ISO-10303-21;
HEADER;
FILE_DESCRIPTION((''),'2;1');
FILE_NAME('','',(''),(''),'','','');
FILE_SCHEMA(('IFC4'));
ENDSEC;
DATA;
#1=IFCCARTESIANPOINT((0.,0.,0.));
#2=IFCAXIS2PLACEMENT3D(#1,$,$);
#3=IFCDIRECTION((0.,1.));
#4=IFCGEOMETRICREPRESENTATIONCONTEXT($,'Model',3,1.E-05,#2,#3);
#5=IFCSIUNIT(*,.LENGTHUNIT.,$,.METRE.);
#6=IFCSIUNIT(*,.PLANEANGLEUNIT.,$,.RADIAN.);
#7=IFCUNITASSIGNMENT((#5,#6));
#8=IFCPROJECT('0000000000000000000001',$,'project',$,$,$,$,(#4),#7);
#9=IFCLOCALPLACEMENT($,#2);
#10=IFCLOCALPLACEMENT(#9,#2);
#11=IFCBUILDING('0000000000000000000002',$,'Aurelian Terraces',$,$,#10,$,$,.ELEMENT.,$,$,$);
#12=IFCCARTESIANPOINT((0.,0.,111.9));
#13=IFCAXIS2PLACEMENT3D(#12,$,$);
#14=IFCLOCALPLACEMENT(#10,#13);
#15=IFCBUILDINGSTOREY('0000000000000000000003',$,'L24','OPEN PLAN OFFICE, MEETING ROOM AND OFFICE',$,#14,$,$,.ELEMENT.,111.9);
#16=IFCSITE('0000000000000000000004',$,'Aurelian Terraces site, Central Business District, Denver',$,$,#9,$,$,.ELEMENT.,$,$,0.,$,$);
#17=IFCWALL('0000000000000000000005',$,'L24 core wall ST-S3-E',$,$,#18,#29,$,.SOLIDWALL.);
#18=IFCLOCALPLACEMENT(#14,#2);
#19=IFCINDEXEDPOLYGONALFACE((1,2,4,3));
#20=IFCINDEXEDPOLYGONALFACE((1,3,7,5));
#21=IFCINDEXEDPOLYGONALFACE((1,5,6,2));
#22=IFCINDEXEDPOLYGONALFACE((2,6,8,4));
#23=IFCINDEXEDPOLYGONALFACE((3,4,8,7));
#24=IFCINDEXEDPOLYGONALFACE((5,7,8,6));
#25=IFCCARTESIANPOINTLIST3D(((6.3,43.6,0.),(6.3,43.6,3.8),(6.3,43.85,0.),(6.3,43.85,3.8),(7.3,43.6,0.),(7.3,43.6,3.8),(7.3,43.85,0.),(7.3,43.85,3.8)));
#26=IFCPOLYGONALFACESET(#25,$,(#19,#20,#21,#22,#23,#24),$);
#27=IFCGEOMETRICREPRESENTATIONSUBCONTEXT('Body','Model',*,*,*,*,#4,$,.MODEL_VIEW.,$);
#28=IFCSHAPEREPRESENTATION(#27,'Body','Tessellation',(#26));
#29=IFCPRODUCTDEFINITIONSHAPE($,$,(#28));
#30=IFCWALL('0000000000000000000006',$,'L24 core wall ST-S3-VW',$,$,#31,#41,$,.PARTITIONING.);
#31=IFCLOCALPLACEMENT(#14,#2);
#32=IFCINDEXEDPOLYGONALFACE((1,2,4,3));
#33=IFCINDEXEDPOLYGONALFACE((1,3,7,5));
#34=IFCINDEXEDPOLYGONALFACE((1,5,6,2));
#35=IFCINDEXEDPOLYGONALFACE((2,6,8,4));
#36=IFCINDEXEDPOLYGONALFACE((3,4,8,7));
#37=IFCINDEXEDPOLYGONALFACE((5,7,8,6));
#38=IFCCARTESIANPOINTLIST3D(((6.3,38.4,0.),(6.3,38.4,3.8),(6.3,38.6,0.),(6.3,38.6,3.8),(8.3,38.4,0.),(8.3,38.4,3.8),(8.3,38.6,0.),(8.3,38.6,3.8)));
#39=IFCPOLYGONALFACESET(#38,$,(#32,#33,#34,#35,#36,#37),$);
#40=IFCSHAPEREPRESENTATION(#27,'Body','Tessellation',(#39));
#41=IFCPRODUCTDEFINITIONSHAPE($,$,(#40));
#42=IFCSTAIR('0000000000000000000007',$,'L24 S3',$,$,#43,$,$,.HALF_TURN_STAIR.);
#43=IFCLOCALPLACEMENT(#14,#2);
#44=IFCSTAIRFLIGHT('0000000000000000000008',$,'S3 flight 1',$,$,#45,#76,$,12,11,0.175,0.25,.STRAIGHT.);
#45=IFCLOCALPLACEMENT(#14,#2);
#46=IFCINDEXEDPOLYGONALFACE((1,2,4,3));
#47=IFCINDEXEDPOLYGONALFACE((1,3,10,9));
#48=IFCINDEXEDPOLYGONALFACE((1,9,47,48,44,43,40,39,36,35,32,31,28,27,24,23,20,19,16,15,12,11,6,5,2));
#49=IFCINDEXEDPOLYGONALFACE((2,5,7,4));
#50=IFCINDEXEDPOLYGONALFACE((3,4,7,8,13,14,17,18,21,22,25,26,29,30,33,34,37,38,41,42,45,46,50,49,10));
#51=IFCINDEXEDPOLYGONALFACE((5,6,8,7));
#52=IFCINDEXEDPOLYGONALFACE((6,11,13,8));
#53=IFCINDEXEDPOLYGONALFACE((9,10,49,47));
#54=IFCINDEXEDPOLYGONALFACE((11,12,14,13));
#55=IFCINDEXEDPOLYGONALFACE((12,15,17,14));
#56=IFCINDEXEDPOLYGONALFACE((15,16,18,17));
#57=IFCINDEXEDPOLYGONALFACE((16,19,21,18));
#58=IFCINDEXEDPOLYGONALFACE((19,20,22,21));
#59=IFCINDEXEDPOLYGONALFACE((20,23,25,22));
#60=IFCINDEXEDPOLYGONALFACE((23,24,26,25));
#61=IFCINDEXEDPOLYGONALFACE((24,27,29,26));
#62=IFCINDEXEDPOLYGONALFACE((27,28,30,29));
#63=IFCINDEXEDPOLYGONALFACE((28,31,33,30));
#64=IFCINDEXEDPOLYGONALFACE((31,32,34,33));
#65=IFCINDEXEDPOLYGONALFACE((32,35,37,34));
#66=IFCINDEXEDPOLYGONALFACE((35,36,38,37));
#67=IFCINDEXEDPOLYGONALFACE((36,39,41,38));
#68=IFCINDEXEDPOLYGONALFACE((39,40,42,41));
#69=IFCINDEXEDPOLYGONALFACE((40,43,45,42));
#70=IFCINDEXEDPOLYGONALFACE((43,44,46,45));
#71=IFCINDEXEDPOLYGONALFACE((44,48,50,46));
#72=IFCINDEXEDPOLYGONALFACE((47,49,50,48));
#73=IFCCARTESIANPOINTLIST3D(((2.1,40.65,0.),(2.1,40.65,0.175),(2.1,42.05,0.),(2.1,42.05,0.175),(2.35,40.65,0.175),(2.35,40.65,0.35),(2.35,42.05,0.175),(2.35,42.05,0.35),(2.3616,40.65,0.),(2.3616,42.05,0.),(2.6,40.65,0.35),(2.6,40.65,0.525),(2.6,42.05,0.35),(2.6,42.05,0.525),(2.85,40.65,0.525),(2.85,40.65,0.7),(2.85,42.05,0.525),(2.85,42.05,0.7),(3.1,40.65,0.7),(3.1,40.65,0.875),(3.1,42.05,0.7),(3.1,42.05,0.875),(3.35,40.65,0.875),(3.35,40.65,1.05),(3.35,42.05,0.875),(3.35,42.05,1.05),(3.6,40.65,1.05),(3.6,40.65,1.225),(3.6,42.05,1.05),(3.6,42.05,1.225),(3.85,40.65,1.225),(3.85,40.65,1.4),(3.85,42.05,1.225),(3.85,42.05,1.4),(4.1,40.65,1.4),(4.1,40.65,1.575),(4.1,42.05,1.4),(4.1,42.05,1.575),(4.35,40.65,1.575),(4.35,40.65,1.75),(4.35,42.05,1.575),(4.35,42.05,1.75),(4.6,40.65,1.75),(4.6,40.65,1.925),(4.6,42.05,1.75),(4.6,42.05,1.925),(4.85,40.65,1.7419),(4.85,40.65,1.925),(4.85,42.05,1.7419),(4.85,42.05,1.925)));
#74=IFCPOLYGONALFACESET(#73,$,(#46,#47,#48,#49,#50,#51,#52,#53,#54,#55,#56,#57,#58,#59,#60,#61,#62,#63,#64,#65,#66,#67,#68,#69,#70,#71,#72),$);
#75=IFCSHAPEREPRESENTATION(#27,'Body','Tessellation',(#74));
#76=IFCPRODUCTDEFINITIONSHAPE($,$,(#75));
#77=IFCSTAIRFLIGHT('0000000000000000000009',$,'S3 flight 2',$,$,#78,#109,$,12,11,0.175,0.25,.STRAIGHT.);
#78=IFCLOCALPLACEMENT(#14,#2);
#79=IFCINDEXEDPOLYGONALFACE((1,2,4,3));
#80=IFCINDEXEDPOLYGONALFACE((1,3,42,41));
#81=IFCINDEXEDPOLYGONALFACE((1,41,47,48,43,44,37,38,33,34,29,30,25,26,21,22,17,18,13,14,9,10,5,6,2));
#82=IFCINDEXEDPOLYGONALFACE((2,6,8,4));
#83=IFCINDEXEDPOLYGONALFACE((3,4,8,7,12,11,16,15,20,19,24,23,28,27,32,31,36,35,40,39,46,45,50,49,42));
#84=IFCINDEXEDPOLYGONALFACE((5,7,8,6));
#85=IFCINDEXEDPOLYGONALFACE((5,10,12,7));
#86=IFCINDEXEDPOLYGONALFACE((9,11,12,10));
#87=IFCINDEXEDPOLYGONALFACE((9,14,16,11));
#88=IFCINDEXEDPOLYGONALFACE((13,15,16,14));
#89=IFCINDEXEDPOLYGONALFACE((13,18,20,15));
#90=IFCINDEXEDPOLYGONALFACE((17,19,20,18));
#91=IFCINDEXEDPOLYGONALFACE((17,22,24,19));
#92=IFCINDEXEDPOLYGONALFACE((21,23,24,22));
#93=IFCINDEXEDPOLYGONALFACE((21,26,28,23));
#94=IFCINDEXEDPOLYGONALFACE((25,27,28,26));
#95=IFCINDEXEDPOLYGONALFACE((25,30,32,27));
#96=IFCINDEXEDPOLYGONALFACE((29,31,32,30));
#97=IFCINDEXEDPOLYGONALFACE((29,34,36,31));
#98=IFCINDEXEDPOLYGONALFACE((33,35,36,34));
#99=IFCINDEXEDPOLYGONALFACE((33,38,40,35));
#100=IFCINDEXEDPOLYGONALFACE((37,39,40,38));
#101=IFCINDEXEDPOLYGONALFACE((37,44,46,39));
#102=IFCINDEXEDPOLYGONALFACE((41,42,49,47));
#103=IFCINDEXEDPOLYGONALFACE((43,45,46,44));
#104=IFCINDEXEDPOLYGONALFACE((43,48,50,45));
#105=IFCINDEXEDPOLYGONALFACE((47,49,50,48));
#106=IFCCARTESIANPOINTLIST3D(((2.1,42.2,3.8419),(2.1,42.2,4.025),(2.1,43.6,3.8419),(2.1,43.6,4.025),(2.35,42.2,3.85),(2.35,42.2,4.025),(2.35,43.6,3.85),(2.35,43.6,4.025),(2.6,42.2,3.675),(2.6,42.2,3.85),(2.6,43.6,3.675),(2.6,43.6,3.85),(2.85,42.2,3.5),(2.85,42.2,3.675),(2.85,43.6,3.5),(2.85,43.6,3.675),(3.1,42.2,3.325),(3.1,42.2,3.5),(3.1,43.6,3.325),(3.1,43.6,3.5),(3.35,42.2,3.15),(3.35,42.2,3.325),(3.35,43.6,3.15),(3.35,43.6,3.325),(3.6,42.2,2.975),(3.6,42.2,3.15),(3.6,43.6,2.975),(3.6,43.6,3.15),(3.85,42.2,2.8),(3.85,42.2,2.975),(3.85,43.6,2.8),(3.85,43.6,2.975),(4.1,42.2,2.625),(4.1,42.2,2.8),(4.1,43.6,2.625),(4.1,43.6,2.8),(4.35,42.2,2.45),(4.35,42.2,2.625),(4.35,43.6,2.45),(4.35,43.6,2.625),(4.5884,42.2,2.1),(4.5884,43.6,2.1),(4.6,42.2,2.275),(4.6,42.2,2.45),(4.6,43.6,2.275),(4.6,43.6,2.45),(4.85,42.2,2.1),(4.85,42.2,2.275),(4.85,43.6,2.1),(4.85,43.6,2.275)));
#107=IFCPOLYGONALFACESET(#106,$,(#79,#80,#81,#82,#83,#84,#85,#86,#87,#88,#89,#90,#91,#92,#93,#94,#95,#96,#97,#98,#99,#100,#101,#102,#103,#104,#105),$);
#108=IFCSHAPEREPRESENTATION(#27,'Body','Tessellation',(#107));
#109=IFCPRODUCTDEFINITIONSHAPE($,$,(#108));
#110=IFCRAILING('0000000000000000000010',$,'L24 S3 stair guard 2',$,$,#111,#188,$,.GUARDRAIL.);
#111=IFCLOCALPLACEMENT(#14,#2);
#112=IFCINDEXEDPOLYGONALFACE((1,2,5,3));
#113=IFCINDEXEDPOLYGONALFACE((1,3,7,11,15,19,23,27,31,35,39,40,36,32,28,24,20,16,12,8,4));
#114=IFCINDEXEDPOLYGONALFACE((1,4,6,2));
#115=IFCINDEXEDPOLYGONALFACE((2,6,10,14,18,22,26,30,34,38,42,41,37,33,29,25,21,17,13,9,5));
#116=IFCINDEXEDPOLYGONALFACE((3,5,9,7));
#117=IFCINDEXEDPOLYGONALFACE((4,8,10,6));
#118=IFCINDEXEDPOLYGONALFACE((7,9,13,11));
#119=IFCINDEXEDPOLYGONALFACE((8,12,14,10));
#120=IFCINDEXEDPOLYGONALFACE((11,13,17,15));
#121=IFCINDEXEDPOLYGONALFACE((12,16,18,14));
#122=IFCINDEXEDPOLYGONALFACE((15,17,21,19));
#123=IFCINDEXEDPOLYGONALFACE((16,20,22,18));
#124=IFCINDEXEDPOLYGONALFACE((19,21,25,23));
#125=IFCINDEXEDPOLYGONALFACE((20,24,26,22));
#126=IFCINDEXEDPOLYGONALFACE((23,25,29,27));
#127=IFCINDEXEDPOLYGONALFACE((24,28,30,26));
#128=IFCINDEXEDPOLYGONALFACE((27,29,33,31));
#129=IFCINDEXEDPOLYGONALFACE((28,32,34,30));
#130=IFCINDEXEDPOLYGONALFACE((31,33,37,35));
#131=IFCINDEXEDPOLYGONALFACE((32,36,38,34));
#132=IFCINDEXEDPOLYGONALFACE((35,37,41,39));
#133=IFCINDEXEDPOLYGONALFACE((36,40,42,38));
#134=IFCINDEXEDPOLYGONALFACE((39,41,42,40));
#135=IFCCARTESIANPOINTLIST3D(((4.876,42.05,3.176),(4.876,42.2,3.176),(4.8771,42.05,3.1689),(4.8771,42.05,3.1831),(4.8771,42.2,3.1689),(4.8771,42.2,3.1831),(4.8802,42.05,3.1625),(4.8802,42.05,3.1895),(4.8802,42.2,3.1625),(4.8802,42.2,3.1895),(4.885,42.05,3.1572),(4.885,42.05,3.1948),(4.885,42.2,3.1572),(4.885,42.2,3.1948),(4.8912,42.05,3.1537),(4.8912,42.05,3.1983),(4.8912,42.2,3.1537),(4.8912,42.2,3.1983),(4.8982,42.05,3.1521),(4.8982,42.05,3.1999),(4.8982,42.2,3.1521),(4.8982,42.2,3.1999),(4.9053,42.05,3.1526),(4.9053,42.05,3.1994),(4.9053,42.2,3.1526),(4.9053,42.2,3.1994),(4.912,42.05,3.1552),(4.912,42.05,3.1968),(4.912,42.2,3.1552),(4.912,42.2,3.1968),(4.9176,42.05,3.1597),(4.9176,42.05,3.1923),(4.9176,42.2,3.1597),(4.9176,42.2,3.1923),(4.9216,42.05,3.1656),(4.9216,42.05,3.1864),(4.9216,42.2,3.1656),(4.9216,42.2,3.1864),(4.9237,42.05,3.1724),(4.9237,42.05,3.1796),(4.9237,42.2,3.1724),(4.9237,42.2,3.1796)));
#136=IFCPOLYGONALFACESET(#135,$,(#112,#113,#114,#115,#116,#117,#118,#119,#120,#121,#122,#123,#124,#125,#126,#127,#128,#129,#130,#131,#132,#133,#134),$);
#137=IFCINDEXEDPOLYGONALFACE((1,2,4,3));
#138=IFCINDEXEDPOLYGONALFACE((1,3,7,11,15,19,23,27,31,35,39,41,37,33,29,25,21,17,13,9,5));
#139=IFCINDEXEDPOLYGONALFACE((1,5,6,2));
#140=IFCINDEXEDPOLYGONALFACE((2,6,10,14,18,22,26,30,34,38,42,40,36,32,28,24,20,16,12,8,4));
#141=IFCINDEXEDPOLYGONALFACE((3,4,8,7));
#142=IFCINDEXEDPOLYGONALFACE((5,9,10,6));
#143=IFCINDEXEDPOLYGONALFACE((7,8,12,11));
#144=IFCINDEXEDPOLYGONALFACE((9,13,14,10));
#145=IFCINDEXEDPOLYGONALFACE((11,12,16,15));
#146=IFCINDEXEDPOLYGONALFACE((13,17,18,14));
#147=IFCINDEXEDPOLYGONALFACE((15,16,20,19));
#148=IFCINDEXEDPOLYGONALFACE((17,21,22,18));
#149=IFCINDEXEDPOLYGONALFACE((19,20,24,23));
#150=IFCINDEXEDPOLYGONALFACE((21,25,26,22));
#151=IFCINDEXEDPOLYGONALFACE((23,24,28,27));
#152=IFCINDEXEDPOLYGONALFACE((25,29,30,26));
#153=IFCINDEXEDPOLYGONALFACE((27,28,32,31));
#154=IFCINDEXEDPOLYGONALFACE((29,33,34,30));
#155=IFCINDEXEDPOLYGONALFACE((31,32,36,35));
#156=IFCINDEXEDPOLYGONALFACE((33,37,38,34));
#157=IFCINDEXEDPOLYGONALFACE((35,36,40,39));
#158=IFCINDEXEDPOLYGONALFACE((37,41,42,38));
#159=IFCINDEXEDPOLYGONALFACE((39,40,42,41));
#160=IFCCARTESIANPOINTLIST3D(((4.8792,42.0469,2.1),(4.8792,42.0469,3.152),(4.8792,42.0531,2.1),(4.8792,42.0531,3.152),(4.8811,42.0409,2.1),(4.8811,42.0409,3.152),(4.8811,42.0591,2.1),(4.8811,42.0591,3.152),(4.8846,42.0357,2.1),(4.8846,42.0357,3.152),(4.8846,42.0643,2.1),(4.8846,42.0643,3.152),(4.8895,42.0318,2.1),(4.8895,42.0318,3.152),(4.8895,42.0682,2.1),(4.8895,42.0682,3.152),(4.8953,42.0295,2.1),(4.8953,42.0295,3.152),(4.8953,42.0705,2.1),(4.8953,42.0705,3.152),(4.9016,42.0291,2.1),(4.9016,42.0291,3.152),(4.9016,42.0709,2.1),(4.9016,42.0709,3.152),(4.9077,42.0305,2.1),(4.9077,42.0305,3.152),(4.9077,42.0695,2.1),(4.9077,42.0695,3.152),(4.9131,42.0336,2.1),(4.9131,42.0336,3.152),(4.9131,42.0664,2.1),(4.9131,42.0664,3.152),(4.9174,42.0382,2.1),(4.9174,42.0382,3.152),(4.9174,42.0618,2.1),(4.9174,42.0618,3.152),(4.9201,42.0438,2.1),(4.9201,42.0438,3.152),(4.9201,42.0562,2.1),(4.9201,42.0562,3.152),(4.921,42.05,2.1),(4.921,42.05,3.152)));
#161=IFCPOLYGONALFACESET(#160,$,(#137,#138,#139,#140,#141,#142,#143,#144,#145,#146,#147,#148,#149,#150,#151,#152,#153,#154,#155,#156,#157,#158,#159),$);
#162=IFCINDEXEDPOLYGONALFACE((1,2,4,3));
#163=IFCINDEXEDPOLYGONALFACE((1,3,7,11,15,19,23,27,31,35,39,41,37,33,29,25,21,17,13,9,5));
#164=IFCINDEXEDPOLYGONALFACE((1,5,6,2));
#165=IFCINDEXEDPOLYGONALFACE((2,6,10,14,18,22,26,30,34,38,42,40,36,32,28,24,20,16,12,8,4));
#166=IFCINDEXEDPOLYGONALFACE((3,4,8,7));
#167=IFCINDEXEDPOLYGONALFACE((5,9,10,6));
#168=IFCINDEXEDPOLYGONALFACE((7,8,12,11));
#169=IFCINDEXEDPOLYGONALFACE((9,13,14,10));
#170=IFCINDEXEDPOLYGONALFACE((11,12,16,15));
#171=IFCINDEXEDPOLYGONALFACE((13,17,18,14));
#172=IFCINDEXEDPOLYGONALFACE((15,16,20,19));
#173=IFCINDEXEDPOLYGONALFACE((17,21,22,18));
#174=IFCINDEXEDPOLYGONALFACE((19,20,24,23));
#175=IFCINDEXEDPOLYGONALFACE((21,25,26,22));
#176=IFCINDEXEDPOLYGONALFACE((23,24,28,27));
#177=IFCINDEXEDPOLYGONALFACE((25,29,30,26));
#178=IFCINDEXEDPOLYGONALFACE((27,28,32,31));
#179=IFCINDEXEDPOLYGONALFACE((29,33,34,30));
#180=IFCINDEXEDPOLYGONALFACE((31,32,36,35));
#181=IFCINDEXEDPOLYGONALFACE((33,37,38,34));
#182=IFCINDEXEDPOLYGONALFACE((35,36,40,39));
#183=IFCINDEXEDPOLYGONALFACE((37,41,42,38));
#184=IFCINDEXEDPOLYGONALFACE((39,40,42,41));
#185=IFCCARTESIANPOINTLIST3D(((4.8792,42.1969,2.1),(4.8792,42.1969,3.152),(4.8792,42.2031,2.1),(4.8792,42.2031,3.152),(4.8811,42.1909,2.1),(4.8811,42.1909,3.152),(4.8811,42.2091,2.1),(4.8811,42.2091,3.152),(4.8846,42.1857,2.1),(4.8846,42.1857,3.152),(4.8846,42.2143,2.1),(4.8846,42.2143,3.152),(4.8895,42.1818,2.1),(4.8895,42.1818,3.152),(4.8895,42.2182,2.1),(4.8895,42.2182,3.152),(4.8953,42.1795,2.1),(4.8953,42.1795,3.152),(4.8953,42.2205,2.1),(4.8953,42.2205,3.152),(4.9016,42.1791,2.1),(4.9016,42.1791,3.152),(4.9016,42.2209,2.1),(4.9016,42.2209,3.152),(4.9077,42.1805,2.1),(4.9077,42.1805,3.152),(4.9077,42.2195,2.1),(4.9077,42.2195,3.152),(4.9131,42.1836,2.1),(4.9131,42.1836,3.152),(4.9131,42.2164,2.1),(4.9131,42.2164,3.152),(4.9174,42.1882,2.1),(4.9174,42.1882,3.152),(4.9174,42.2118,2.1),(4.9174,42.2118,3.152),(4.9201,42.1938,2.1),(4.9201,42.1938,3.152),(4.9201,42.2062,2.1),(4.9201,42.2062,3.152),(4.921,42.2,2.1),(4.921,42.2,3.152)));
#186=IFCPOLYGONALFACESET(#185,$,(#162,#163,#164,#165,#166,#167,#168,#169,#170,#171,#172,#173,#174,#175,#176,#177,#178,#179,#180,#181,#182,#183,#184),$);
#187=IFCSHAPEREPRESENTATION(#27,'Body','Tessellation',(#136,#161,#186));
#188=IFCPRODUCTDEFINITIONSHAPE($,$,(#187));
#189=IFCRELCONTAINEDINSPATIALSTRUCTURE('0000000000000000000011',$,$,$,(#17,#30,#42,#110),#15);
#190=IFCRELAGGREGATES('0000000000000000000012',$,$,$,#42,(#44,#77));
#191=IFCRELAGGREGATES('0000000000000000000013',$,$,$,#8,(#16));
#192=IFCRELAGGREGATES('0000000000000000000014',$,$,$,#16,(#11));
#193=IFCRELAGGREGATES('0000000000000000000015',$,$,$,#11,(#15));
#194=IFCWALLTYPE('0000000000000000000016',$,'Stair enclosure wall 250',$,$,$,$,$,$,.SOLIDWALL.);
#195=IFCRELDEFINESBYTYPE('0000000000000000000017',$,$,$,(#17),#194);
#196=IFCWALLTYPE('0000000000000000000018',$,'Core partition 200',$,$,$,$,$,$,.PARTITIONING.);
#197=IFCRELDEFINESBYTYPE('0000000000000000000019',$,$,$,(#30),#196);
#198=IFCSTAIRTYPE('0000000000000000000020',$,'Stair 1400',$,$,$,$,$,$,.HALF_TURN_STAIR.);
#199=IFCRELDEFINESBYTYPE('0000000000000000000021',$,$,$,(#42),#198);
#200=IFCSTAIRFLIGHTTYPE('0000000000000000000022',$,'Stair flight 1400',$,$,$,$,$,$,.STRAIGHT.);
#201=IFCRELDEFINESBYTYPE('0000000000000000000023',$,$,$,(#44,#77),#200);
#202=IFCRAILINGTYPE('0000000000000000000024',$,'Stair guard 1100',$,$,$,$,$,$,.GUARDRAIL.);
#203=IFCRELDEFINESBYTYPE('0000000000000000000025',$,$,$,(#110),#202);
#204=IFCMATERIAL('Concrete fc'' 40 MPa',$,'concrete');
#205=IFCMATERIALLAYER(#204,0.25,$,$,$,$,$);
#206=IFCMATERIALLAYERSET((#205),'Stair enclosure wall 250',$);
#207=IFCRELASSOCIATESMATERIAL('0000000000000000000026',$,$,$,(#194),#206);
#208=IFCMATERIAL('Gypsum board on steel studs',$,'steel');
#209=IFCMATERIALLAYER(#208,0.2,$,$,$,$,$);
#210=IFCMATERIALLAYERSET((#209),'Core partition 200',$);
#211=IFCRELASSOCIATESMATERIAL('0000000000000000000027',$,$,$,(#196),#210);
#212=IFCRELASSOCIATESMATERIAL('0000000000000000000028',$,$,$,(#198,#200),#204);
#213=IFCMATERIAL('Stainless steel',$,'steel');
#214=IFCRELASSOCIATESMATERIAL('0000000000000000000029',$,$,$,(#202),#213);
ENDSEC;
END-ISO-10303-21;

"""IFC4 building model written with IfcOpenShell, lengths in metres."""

from ifc_helpers import new_model, si_unit, direction, frame, frame_2d, origin, origin_2d, place, context, subcontext, project, spatial, polyline, rectangle, circle, outline, extrude, source, transform, mapped, material, layer, layer_set, type_object, element, aggregate, save


model = new_model("IFC4")

# Units and contexts
model_context = context("Model", 3, precision=1e-05, world=origin(), true_north=direction((0.0, 1.0)))
body_context = subcontext(model_context, "Body", "Model", "MODEL_VIEW")
ifc_project = project(units=[si_unit("LENGTHUNIT", "METRE"), si_unit("PLANEANGLEUNIT", "RADIAN")], contexts=[model_context])

# Site, building, storey
site_placement = place(None, origin())
site = spatial("IfcSite", under=ifc_project, at=site_placement, Name="Aurelian Terraces site, Central Business District, Denver", CompositionType="ELEMENT", RefElevation=0.0)
building_placement = place(site_placement, origin())
building = spatial("IfcBuilding", under=site, at=building_placement, Name="Aurelian Terraces", CompositionType="ELEMENT")
storey_placement = place(building_placement, frame((0.0, 0.0, 111.9)))
storey = spatial("IfcBuildingStorey", under=building, at=storey_placement, Name="L24", Description="OPEN PLAN OFFICE, MEETING ROOM AND OFFICE", CompositionType="ELEMENT", Elevation=111.9)

# Shared definitions
ifc_material_1 = material(Name="Concrete fc' 40 MPa", Category="concrete")

# Shared definitions
ifc_layer_1 = layer(ifc_material_1, 0.25)
ifc_layer_set_1 = layer_set([ifc_layer_1], Name="Stair enclosure wall 250")
wall_type_1 = type_object("IfcWallType", Name="Stair enclosure wall 250", PredefinedType="SOLIDWALL", material=ifc_layer_set_1)

# Walls
ifc_material_2 = material(Name="Gypsum board on steel studs", Category="steel")
ifc_layer_2 = layer(ifc_material_2, 0.2)
ifc_layer_set_2 = layer_set([ifc_layer_2], Name="Core partition 200")
wall_type_2 = type_object("IfcWallType", Name="Core partition 200", PredefinedType="PARTITIONING", material=ifc_layer_set_2)
shared_shape_1 = source(origin(), body_context, "Body", "SweptSolid", [
    extrude(rectangle(XDim=1.0, YDim=0.25, at=frame_2d((0.5, 0.0))), origin(), (0.0, 0.0, 1.0), 3.8),
])
wall_1_placement = place(storey_placement, frame((6.3, 43.725, 0.0), z_axis=(0.0, 0.0, 1.0), x_axis=(1.0, 0.0, 0.0)))
element("IfcWall", 1, at=wall_1_placement, inside=storey, type_object=wall_type_1, Name="L24 core wall ST-S3-E", PredefinedType="SOLIDWALL", context=body_context, shape_type="MappedRepresentation", body=[
    mapped(shared_shape_1, transform((0.0, 0.0, 0.0), scale=1.0)),
])
shared_shape_2 = source(origin(), body_context, "Body", "SweptSolid", [
    extrude(rectangle(XDim=2.0, YDim=0.2, at=frame_2d((1.0, 0.0))), origin(), (0.0, 0.0, 1.0), 3.8),
])
wall_2_placement = place(storey_placement, frame((6.3, 38.5, 0.0), z_axis=(0.0, 0.0, 1.0), x_axis=(1.0, 0.0, 0.0)))
element("IfcWall", 2, at=wall_2_placement, inside=storey, type_object=wall_type_2, Name="L24 core wall ST-S3-VW", PredefinedType="PARTITIONING", context=body_context, shape_type="MappedRepresentation", body=[
    mapped(shared_shape_2, transform((0.0, 0.0, 0.0), scale=1.0)),
])

# Stair, stair flights
stair_type = type_object("IfcStairType", Name="Stair 1400", PredefinedType="HALF_TURN_STAIR", material=ifc_material_1)
stair_placement = place(storey_placement, origin())
stair = element("IfcStair", 3, at=stair_placement, inside=storey, type_object=stair_type, Name="L24 S3", PredefinedType="HALF_TURN_STAIR")
stair_flight_type = type_object("IfcStairFlightType", Name="Stair flight 1400", PredefinedType="STRAIGHT", material=ifc_material_1)
shared_shape_3 = source(origin(), body_context, "Body", "SweptSolid", [
    extrude(outline(polyline([(0.0, 0.0), (0.0, 0.175), (0.25, 0.175), (0.25, 0.35), (0.5, 0.35), (0.5, 0.525), (0.75, 0.525), (0.75, 0.7), (1.0, 0.7), (1.0, 0.875), (1.25, 0.875), (1.25, 1.05), (1.5, 1.05), (1.5, 1.225), (1.75, 1.225), (1.75, 1.4), (2.0, 1.4), (2.0, 1.575), (2.25, 1.575), (2.25, 1.75), (2.5, 1.75), (2.5, 1.925), (2.75, 1.925), (2.75, 2.1), (2.75, 1.7419), (0.2616, 0.0), (0.0, 0.0)])), frame((0.0, 0.7, 0.0), z_axis=(0.0, -1.0, 0.0), x_axis=(1.0, 0.0, 0.0)), (0.0, 0.0, 1.0), 1.4),
])
stair_flight_1_placement = place(storey_placement, frame((2.1, 41.35, 0.0), z_axis=(0.0, 0.0, 1.0), x_axis=(1.0, 0.0, 0.0)))
stair_flight_1 = element("IfcStairFlight", 4, at=stair_flight_1_placement, type_object=stair_flight_type, Name="S3 flight 1", NumberOfRisers=12, NumberOfTreads=11, PredefinedType="STRAIGHT", RiserHeight=0.175, TreadLength=0.25, context=body_context, shape_type="MappedRepresentation", body=[
    mapped(shared_shape_3, transform((0.0, 0.0, 0.0), scale=1.0)),
])
stair_flight_2_placement = place(storey_placement, frame((4.85, 42.9, 2.1), z_axis=(0.0, 0.0, 1.0), x_axis=(-1.0, 0.0, 0.0)))
stair_flight_2 = element("IfcStairFlight", 5, at=stair_flight_2_placement, type_object=stair_flight_type, Name="S3 flight 2", NumberOfRisers=12, NumberOfTreads=11, PredefinedType="STRAIGHT", RiserHeight=0.175, TreadLength=0.25, context=body_context, shape_type="MappedRepresentation", body=[
    mapped(shared_shape_3, transform((0.0, 0.0, 0.0), scale=1.0)),
])
aggregate(stair, [stair_flight_1, stair_flight_2])

# Railing
ifc_material_3 = material(Name="Stainless steel", Category="steel")
railing_type_1 = type_object("IfcRailingType", Name="Stair guard 1100", PredefinedType="GUARDRAIL", material=ifc_material_3)
shared_shape_4 = source(origin(), body_context, "Body", "SweptSolid", [
    extrude(circle(Radius=0.024, at=origin_2d()), frame((0.0, 0.0, 1.076), z_axis=(0.0, 1.0, 0.0), x_axis=(-1.0, 0.0, 0.0)), (0.0, 0.0, 1.0), 0.15),
    extrude(circle(Radius=0.021, at=origin_2d()), origin(), (0.0, 0.0, 1.0), 1.052),
    extrude(circle(Radius=0.021, at=origin_2d()), frame((0.0, 0.15, 0.0)), (0.0, 0.0, 1.0), 1.052),
])
for number, where, name in (
    (6, (4.9, 42.05, 2.1), "L24 S3 stair guard 2"),
):
    element("IfcRailing", number, at=place(storey_placement, frame(where)), inside=storey, type_object=railing_type_1, Name=name, PredefinedType="GUARDRAIL", context=body_context, shape_type="MappedRepresentation", body=[
        mapped(shared_shape_4, transform((0.0, 0.0, 0.0), scale=1.0)),
    ])

save(model, "model.ifc")
